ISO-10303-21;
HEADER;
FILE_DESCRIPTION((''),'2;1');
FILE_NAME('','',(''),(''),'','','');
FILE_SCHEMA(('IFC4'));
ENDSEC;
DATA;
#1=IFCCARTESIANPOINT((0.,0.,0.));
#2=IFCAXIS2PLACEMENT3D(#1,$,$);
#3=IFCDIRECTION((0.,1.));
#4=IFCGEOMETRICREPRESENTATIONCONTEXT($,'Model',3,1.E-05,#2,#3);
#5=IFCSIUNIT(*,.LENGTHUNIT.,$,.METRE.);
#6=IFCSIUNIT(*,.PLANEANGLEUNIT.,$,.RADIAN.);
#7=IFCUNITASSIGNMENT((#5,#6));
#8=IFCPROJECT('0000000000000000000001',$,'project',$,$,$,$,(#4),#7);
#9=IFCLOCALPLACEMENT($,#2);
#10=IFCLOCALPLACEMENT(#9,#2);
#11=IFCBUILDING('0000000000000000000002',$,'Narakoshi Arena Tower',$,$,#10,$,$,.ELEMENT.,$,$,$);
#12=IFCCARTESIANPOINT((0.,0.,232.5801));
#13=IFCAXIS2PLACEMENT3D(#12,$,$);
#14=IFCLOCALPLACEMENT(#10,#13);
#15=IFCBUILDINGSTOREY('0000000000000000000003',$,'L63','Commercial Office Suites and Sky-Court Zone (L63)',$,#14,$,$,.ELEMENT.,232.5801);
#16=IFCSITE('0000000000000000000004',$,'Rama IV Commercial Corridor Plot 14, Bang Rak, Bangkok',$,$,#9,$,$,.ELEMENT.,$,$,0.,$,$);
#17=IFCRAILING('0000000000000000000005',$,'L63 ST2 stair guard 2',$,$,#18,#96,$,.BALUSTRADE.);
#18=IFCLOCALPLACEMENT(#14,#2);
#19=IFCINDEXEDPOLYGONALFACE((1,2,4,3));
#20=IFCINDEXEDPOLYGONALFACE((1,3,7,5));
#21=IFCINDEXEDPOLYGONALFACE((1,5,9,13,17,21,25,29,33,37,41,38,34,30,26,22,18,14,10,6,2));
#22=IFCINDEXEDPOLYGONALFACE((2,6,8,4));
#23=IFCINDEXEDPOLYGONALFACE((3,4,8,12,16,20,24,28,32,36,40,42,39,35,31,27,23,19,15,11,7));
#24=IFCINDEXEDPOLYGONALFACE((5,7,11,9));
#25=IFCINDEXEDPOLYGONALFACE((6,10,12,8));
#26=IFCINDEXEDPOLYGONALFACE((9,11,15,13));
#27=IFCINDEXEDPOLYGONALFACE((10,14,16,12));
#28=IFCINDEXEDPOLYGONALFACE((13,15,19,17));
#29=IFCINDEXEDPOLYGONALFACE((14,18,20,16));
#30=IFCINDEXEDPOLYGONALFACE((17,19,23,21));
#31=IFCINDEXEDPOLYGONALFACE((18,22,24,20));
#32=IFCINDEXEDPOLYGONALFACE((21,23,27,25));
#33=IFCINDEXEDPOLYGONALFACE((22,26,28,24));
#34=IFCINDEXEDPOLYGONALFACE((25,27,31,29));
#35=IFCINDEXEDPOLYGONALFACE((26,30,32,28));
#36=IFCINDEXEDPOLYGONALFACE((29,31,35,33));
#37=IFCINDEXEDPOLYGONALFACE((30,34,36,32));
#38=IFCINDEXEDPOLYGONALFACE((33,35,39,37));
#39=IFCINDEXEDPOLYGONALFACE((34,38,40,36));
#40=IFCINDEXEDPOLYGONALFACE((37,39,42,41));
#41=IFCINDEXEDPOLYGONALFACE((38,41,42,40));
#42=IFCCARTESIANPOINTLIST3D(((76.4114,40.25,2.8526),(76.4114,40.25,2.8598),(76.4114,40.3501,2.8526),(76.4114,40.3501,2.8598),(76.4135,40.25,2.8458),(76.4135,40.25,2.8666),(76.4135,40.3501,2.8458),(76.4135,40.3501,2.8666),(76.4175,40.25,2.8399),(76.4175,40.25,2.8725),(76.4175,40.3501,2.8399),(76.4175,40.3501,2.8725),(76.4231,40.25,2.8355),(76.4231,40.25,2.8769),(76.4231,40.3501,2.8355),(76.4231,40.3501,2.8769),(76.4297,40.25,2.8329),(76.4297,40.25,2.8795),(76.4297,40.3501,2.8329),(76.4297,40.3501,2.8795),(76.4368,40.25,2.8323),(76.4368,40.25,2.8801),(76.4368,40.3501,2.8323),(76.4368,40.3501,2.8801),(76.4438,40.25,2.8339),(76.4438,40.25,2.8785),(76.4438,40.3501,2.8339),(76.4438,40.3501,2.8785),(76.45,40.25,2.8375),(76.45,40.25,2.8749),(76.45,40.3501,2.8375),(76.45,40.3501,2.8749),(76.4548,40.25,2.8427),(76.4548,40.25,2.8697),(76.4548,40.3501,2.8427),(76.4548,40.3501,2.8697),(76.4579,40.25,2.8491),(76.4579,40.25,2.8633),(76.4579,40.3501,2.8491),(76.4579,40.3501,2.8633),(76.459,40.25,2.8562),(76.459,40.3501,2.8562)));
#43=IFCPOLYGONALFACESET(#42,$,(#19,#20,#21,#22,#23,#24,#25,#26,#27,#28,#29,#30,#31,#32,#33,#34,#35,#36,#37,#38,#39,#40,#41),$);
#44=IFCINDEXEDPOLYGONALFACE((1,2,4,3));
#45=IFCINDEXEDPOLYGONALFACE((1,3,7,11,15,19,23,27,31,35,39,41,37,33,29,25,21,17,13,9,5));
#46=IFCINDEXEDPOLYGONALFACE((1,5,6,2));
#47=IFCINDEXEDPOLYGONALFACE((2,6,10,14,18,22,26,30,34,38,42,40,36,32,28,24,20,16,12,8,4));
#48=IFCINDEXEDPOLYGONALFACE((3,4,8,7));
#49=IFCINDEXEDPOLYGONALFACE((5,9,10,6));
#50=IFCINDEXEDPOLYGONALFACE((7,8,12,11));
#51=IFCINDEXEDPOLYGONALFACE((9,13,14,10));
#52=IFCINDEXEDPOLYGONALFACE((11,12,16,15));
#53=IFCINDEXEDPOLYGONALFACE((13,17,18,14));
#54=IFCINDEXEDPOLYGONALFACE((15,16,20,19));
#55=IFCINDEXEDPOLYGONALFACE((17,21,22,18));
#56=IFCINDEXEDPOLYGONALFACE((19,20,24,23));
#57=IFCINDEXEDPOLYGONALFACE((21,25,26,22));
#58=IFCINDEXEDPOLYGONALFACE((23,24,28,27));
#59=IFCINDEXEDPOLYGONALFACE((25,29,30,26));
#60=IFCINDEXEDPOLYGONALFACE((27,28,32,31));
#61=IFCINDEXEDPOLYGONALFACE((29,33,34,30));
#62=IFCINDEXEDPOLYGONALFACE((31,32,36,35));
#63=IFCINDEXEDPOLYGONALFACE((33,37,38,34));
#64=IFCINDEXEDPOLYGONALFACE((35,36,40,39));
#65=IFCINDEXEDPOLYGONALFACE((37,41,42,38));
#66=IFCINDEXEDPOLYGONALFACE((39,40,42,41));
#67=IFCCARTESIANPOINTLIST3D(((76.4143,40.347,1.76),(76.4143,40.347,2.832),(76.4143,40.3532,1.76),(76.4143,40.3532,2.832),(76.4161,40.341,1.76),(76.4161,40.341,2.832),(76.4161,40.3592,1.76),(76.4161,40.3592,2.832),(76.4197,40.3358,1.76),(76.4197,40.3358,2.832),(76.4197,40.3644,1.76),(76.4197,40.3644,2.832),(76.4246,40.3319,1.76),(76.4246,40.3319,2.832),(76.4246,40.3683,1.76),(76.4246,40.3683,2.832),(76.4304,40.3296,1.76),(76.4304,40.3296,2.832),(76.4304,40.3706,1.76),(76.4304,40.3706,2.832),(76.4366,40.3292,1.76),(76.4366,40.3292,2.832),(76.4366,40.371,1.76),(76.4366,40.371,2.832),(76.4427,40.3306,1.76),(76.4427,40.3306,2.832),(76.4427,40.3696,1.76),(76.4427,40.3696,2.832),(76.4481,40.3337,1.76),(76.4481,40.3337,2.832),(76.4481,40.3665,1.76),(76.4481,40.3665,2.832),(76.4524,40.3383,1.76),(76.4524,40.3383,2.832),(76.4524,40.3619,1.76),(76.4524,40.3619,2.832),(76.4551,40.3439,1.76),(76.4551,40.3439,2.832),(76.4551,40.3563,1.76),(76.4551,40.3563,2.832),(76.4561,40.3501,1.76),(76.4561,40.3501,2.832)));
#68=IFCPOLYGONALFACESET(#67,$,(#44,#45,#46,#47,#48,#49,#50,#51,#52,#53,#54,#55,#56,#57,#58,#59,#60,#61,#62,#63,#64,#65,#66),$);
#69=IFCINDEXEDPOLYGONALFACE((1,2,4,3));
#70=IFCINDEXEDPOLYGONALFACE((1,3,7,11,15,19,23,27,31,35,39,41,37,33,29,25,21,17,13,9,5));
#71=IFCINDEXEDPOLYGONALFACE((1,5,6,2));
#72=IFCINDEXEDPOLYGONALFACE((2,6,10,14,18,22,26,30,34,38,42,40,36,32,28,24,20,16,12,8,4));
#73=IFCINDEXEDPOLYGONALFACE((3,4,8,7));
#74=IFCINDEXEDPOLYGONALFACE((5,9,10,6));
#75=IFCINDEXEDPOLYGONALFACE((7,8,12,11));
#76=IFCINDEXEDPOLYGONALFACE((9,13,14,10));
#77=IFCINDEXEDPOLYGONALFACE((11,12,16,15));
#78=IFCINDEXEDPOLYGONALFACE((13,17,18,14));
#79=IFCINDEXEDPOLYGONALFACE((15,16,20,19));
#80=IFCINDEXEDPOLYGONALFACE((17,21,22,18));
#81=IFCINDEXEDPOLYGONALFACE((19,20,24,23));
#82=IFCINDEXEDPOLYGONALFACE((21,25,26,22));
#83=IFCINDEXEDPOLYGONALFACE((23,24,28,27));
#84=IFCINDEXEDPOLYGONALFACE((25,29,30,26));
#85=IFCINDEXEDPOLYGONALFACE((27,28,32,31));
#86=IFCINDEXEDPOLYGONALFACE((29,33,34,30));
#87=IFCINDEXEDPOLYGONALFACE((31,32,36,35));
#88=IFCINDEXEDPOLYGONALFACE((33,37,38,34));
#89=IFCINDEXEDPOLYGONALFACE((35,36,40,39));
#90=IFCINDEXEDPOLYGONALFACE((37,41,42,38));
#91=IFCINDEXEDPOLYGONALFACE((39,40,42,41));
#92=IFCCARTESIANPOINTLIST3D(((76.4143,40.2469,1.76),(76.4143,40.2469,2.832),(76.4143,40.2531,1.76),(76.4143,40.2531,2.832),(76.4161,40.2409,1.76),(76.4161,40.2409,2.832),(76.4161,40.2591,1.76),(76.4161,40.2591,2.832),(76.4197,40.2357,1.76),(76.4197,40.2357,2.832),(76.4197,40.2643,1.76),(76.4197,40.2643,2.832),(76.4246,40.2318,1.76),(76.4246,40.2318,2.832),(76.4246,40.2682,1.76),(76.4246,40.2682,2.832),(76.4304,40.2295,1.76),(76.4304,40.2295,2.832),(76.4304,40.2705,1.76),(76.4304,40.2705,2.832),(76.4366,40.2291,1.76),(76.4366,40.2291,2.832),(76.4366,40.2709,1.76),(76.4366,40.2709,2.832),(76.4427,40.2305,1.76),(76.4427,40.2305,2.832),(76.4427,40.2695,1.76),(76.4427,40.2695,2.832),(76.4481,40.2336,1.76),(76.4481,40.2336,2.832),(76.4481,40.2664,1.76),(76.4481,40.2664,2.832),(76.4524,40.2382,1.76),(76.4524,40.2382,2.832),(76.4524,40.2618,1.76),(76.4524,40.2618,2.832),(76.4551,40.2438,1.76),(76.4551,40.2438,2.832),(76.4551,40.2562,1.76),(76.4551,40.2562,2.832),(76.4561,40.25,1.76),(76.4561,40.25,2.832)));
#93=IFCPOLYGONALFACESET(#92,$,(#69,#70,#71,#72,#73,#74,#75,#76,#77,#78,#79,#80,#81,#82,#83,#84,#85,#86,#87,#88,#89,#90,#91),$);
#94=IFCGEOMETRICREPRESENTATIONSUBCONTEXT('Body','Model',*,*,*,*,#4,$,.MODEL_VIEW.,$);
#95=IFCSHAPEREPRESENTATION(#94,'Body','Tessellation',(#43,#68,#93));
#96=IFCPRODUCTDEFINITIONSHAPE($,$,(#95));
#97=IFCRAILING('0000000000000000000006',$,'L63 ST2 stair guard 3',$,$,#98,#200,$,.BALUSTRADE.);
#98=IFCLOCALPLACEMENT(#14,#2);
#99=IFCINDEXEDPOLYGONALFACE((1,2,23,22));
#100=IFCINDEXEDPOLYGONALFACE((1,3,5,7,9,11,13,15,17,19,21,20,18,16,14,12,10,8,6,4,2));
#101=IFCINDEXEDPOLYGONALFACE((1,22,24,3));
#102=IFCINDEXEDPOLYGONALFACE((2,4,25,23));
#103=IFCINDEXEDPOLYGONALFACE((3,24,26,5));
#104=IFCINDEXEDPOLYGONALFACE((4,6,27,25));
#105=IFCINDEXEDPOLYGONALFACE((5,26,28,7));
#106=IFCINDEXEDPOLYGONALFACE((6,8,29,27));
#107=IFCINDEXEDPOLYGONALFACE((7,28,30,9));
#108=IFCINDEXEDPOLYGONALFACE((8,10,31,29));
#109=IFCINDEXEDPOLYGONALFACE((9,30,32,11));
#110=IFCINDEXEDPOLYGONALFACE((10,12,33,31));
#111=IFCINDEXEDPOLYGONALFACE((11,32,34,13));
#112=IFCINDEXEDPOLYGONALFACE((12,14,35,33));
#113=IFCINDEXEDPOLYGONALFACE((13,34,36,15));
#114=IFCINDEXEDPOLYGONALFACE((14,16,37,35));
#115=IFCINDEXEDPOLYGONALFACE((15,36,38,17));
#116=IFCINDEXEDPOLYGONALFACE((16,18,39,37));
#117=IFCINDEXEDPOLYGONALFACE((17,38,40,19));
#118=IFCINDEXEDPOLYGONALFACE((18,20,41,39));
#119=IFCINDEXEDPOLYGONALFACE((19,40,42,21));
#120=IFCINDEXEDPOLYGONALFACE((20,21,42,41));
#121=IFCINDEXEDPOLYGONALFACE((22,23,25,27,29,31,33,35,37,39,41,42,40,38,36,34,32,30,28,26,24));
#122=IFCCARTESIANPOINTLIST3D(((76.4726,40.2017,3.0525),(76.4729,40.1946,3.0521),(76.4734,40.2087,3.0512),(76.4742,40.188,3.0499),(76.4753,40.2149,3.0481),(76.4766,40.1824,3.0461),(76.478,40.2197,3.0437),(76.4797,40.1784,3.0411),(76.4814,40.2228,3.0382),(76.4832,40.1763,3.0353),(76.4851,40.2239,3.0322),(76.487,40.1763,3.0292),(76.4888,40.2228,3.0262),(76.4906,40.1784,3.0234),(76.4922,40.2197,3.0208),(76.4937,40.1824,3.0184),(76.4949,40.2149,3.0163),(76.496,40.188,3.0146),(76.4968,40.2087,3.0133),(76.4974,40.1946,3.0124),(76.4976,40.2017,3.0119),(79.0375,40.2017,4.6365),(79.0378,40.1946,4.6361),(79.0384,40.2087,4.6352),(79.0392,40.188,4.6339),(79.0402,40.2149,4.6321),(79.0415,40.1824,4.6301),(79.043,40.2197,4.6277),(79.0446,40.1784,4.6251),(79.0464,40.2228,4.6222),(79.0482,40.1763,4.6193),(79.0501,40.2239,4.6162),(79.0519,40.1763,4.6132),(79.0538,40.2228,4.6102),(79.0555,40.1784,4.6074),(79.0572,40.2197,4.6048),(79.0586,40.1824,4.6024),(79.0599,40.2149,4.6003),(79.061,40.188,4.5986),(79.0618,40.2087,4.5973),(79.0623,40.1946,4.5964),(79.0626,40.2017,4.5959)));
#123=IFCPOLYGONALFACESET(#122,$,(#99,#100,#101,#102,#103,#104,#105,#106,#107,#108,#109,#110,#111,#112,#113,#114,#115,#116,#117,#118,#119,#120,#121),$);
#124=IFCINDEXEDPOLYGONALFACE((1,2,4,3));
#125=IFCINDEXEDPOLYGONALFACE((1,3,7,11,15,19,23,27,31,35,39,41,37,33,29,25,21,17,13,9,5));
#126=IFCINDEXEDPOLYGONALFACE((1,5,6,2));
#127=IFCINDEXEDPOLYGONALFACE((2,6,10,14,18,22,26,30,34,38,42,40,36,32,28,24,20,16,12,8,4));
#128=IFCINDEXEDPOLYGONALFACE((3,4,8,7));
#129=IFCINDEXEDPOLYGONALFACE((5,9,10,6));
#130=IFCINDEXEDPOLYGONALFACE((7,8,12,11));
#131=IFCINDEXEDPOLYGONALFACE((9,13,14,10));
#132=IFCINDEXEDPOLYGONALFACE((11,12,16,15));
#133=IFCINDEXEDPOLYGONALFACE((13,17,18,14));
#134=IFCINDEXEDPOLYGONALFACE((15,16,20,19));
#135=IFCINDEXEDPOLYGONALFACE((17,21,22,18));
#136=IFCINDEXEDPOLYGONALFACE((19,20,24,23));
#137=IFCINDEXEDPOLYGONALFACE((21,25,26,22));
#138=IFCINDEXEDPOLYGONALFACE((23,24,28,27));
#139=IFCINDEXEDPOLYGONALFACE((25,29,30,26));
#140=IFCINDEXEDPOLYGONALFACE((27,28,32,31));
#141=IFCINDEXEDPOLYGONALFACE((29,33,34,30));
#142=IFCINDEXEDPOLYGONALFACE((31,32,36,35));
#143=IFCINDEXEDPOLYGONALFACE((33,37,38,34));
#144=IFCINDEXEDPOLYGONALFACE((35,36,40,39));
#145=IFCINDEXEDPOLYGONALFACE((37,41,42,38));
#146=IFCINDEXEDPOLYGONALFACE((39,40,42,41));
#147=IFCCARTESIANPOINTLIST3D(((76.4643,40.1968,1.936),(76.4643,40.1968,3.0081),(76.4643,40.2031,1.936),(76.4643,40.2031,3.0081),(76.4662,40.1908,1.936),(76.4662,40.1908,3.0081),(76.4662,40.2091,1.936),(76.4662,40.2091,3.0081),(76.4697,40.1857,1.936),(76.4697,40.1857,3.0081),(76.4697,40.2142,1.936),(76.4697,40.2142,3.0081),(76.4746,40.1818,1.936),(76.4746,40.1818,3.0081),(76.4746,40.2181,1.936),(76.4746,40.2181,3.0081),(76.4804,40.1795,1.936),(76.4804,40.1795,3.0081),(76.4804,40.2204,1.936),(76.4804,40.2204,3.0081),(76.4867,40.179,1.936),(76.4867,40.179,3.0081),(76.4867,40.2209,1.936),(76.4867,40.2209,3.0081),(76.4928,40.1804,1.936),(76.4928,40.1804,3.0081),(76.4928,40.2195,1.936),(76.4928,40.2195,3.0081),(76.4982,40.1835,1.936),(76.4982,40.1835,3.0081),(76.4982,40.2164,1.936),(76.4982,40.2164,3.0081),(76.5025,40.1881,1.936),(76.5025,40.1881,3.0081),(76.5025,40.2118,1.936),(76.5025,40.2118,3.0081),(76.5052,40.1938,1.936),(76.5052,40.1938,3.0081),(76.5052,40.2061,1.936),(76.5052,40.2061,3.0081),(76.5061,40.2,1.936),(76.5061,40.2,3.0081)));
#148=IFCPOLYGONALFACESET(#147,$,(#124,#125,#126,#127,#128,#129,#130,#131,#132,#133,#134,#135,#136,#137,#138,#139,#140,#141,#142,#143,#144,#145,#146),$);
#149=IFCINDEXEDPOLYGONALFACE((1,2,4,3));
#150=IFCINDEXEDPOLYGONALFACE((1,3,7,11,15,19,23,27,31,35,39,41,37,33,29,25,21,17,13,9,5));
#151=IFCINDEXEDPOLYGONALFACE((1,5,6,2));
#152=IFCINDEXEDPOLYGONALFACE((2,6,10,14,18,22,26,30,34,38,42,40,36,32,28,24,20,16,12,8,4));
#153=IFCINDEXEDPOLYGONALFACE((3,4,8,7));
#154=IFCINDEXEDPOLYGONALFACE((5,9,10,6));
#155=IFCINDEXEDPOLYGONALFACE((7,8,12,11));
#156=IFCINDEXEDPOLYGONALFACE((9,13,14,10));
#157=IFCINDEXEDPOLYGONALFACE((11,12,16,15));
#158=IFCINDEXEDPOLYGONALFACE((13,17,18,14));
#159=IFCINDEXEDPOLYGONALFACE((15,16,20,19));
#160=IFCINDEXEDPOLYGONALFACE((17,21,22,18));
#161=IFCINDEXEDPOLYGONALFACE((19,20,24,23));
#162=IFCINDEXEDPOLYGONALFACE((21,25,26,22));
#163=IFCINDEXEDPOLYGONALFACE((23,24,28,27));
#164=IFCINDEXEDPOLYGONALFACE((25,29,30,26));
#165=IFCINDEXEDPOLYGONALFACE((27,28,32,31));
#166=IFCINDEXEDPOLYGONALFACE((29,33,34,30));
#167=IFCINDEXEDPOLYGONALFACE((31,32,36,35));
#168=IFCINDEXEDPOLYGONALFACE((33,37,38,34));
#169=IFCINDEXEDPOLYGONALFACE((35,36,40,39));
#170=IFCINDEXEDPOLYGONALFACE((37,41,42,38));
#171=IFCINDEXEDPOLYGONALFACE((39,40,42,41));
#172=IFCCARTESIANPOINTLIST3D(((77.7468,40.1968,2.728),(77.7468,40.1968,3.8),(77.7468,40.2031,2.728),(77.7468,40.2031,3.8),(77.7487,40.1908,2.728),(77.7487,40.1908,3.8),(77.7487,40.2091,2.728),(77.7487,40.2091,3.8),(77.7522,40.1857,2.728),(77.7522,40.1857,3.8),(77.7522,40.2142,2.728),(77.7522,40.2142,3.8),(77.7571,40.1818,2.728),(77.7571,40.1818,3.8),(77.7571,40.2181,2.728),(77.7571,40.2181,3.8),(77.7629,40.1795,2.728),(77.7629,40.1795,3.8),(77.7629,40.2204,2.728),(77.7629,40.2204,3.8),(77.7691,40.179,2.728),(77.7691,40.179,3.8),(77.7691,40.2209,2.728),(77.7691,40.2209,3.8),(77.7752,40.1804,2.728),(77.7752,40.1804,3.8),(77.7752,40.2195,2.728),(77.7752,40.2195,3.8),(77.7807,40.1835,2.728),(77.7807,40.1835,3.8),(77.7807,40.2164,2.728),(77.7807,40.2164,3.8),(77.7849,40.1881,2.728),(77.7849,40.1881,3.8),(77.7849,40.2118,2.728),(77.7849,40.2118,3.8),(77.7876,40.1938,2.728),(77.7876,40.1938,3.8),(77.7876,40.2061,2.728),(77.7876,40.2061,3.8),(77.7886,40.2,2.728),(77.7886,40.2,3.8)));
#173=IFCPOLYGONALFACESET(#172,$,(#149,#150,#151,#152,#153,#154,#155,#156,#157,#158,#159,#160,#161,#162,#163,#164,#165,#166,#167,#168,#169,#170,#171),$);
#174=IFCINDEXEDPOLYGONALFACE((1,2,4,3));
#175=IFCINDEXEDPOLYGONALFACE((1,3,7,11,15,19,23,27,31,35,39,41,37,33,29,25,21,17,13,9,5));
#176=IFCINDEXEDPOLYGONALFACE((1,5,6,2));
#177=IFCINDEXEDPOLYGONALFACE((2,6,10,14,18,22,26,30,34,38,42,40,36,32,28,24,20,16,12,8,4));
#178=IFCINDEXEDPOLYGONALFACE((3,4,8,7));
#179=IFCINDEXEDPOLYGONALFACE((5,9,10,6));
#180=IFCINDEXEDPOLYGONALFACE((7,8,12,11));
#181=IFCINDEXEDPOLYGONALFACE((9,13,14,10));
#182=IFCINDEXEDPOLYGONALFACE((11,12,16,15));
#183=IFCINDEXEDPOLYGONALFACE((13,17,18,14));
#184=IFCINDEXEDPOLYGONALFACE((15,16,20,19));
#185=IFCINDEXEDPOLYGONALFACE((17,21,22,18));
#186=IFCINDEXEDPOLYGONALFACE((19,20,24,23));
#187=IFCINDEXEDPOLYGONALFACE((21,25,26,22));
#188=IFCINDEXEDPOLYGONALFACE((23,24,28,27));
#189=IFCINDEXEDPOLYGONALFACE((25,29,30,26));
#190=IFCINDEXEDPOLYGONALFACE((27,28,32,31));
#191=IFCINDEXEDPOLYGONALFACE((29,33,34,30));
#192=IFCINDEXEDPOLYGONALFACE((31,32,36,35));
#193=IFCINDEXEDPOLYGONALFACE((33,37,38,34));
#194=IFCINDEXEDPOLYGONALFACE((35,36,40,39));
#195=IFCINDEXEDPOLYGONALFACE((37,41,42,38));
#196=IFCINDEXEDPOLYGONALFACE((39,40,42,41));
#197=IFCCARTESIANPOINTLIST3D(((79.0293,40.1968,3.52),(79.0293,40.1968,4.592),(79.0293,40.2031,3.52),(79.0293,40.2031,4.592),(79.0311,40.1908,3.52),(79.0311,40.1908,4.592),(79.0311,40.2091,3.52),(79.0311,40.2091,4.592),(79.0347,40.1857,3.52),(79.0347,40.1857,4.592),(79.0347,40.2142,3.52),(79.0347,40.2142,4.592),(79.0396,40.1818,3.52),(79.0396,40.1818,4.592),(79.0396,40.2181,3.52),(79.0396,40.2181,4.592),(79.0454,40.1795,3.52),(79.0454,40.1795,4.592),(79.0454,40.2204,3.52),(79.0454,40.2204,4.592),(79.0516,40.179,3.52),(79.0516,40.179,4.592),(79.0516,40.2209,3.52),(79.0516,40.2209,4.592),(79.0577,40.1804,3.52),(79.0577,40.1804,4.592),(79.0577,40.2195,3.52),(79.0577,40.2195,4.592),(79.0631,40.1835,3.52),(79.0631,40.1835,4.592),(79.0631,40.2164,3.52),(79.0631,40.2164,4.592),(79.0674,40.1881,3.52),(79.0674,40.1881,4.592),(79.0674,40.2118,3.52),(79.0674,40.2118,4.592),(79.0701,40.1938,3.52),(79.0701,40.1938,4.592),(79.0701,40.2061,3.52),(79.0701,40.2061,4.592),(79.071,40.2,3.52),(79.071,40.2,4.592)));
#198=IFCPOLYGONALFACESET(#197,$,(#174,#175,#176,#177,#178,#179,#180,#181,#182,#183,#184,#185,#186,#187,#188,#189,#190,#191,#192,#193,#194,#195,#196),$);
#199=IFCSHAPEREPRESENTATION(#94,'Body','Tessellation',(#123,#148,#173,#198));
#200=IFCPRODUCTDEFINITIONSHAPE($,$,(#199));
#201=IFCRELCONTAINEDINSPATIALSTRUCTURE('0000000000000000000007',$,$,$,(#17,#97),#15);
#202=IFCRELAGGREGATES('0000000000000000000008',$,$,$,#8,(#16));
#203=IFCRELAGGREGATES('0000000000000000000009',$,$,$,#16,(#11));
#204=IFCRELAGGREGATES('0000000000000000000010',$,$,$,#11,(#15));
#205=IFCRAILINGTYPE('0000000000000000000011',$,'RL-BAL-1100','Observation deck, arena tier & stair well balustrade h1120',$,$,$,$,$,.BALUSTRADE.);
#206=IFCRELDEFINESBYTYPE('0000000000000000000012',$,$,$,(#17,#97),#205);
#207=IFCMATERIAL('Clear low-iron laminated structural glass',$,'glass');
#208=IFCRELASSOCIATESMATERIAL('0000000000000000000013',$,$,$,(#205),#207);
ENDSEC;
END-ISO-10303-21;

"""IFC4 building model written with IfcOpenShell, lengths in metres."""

from ifc_helpers import new_model, si_unit, direction, frame, origin, origin_2d, place, context, subcontext, project, spatial, circle, extrude, material, type_object, element, save


model = new_model("IFC4")

# Units and contexts
model_context = context("Model", 3, precision=1e-05, world=origin(), true_north=direction((0.0, 1.0)))
body_context = subcontext(model_context, "Body", "Model", "MODEL_VIEW")
ifc_project = project(units=[si_unit("LENGTHUNIT", "METRE"), si_unit("PLANEANGLEUNIT", "RADIAN")], contexts=[model_context])

# Site, building, storey
site_placement = place(None, origin())
site = spatial("IfcSite", under=ifc_project, at=site_placement, Name="Rama IV Commercial Corridor Plot 14, Bang Rak, Bangkok", CompositionType="ELEMENT", RefElevation=0.0)
building_placement = place(site_placement, origin())
building = spatial("IfcBuilding", under=site, at=building_placement, Name="Narakoshi Arena Tower", CompositionType="ELEMENT")
storey_placement = place(building_placement, frame((0.0, 0.0, 232.5801)))
storey = spatial("IfcBuildingStorey", under=building, at=storey_placement, Name="L63", Description="Commercial Office Suites and Sky-Court Zone (L63)", CompositionType="ELEMENT", Elevation=232.5801)

# Railings
ifc_material_1 = material(Name="Clear low-iron laminated structural glass", Category="glass")
railing_type_1 = type_object("IfcRailingType", Name="RL-BAL-1100", Description="Observation deck, arena tier & stair well balustrade h1120", PredefinedType="BALUSTRADE", material=ifc_material_1)
railing_1_placement = place(storey_placement, frame((76.4351, 40.3501, 1.76)))
element("IfcRailing", 1, at=railing_1_placement, inside=storey, type_object=railing_type_1, Name="L63 ST2 stair guard 2", PredefinedType="BALUSTRADE", context=body_context, shape_type="SweptSolid", body=[
    extrude(circle(Radius=0.0239, at=origin_2d()), frame((0.0, 0.0, 1.0962), z_axis=(0.0, -1.0, 0.0), x_axis=(1.0, 0.0, 0.0)), (0.0, 0.0, 1.0), 0.1001),
    extrude(circle(Radius=0.021, at=origin_2d()), origin(), (0.0, 0.0, 1.0), 1.072),
    extrude(circle(Radius=0.021, at=origin_2d()), frame((0.0, -0.1001, 0.0)), (0.0, 0.0, 1.0), 1.072),
])
railing_2_placement = place(storey_placement, frame((76.4851, 40.2, 1.936)))
element("IfcRailing", 2, at=railing_2_placement, inside=storey, type_object=railing_type_1, Name="L63 ST2 stair guard 3", PredefinedType="BALUSTRADE", context=body_context, shape_type="SweptSolid", body=[
    extrude(circle(Radius=0.0239, at=origin_2d()), frame((0.0, 0.0, 1.0962), z_axis=(0.850834, 0.0, 0.525434), x_axis=(0.0, 1.0, 0.0)), (0.0, 0.0, 1.0), 3.0146),
    extrude(circle(Radius=0.021, at=origin_2d()), origin(), (0.0, 0.0, 1.0), 1.072),
    extrude(circle(Radius=0.021, at=origin_2d()), frame((1.2825, 0.0, 0.792)), (0.0, 0.0, 1.0), 1.072),
    extrude(circle(Radius=0.021, at=origin_2d()), frame((2.5649, 0.0, 1.584)), (0.0, 0.0, 1.0), 1.072),
])

save(model, "model.ifc")
